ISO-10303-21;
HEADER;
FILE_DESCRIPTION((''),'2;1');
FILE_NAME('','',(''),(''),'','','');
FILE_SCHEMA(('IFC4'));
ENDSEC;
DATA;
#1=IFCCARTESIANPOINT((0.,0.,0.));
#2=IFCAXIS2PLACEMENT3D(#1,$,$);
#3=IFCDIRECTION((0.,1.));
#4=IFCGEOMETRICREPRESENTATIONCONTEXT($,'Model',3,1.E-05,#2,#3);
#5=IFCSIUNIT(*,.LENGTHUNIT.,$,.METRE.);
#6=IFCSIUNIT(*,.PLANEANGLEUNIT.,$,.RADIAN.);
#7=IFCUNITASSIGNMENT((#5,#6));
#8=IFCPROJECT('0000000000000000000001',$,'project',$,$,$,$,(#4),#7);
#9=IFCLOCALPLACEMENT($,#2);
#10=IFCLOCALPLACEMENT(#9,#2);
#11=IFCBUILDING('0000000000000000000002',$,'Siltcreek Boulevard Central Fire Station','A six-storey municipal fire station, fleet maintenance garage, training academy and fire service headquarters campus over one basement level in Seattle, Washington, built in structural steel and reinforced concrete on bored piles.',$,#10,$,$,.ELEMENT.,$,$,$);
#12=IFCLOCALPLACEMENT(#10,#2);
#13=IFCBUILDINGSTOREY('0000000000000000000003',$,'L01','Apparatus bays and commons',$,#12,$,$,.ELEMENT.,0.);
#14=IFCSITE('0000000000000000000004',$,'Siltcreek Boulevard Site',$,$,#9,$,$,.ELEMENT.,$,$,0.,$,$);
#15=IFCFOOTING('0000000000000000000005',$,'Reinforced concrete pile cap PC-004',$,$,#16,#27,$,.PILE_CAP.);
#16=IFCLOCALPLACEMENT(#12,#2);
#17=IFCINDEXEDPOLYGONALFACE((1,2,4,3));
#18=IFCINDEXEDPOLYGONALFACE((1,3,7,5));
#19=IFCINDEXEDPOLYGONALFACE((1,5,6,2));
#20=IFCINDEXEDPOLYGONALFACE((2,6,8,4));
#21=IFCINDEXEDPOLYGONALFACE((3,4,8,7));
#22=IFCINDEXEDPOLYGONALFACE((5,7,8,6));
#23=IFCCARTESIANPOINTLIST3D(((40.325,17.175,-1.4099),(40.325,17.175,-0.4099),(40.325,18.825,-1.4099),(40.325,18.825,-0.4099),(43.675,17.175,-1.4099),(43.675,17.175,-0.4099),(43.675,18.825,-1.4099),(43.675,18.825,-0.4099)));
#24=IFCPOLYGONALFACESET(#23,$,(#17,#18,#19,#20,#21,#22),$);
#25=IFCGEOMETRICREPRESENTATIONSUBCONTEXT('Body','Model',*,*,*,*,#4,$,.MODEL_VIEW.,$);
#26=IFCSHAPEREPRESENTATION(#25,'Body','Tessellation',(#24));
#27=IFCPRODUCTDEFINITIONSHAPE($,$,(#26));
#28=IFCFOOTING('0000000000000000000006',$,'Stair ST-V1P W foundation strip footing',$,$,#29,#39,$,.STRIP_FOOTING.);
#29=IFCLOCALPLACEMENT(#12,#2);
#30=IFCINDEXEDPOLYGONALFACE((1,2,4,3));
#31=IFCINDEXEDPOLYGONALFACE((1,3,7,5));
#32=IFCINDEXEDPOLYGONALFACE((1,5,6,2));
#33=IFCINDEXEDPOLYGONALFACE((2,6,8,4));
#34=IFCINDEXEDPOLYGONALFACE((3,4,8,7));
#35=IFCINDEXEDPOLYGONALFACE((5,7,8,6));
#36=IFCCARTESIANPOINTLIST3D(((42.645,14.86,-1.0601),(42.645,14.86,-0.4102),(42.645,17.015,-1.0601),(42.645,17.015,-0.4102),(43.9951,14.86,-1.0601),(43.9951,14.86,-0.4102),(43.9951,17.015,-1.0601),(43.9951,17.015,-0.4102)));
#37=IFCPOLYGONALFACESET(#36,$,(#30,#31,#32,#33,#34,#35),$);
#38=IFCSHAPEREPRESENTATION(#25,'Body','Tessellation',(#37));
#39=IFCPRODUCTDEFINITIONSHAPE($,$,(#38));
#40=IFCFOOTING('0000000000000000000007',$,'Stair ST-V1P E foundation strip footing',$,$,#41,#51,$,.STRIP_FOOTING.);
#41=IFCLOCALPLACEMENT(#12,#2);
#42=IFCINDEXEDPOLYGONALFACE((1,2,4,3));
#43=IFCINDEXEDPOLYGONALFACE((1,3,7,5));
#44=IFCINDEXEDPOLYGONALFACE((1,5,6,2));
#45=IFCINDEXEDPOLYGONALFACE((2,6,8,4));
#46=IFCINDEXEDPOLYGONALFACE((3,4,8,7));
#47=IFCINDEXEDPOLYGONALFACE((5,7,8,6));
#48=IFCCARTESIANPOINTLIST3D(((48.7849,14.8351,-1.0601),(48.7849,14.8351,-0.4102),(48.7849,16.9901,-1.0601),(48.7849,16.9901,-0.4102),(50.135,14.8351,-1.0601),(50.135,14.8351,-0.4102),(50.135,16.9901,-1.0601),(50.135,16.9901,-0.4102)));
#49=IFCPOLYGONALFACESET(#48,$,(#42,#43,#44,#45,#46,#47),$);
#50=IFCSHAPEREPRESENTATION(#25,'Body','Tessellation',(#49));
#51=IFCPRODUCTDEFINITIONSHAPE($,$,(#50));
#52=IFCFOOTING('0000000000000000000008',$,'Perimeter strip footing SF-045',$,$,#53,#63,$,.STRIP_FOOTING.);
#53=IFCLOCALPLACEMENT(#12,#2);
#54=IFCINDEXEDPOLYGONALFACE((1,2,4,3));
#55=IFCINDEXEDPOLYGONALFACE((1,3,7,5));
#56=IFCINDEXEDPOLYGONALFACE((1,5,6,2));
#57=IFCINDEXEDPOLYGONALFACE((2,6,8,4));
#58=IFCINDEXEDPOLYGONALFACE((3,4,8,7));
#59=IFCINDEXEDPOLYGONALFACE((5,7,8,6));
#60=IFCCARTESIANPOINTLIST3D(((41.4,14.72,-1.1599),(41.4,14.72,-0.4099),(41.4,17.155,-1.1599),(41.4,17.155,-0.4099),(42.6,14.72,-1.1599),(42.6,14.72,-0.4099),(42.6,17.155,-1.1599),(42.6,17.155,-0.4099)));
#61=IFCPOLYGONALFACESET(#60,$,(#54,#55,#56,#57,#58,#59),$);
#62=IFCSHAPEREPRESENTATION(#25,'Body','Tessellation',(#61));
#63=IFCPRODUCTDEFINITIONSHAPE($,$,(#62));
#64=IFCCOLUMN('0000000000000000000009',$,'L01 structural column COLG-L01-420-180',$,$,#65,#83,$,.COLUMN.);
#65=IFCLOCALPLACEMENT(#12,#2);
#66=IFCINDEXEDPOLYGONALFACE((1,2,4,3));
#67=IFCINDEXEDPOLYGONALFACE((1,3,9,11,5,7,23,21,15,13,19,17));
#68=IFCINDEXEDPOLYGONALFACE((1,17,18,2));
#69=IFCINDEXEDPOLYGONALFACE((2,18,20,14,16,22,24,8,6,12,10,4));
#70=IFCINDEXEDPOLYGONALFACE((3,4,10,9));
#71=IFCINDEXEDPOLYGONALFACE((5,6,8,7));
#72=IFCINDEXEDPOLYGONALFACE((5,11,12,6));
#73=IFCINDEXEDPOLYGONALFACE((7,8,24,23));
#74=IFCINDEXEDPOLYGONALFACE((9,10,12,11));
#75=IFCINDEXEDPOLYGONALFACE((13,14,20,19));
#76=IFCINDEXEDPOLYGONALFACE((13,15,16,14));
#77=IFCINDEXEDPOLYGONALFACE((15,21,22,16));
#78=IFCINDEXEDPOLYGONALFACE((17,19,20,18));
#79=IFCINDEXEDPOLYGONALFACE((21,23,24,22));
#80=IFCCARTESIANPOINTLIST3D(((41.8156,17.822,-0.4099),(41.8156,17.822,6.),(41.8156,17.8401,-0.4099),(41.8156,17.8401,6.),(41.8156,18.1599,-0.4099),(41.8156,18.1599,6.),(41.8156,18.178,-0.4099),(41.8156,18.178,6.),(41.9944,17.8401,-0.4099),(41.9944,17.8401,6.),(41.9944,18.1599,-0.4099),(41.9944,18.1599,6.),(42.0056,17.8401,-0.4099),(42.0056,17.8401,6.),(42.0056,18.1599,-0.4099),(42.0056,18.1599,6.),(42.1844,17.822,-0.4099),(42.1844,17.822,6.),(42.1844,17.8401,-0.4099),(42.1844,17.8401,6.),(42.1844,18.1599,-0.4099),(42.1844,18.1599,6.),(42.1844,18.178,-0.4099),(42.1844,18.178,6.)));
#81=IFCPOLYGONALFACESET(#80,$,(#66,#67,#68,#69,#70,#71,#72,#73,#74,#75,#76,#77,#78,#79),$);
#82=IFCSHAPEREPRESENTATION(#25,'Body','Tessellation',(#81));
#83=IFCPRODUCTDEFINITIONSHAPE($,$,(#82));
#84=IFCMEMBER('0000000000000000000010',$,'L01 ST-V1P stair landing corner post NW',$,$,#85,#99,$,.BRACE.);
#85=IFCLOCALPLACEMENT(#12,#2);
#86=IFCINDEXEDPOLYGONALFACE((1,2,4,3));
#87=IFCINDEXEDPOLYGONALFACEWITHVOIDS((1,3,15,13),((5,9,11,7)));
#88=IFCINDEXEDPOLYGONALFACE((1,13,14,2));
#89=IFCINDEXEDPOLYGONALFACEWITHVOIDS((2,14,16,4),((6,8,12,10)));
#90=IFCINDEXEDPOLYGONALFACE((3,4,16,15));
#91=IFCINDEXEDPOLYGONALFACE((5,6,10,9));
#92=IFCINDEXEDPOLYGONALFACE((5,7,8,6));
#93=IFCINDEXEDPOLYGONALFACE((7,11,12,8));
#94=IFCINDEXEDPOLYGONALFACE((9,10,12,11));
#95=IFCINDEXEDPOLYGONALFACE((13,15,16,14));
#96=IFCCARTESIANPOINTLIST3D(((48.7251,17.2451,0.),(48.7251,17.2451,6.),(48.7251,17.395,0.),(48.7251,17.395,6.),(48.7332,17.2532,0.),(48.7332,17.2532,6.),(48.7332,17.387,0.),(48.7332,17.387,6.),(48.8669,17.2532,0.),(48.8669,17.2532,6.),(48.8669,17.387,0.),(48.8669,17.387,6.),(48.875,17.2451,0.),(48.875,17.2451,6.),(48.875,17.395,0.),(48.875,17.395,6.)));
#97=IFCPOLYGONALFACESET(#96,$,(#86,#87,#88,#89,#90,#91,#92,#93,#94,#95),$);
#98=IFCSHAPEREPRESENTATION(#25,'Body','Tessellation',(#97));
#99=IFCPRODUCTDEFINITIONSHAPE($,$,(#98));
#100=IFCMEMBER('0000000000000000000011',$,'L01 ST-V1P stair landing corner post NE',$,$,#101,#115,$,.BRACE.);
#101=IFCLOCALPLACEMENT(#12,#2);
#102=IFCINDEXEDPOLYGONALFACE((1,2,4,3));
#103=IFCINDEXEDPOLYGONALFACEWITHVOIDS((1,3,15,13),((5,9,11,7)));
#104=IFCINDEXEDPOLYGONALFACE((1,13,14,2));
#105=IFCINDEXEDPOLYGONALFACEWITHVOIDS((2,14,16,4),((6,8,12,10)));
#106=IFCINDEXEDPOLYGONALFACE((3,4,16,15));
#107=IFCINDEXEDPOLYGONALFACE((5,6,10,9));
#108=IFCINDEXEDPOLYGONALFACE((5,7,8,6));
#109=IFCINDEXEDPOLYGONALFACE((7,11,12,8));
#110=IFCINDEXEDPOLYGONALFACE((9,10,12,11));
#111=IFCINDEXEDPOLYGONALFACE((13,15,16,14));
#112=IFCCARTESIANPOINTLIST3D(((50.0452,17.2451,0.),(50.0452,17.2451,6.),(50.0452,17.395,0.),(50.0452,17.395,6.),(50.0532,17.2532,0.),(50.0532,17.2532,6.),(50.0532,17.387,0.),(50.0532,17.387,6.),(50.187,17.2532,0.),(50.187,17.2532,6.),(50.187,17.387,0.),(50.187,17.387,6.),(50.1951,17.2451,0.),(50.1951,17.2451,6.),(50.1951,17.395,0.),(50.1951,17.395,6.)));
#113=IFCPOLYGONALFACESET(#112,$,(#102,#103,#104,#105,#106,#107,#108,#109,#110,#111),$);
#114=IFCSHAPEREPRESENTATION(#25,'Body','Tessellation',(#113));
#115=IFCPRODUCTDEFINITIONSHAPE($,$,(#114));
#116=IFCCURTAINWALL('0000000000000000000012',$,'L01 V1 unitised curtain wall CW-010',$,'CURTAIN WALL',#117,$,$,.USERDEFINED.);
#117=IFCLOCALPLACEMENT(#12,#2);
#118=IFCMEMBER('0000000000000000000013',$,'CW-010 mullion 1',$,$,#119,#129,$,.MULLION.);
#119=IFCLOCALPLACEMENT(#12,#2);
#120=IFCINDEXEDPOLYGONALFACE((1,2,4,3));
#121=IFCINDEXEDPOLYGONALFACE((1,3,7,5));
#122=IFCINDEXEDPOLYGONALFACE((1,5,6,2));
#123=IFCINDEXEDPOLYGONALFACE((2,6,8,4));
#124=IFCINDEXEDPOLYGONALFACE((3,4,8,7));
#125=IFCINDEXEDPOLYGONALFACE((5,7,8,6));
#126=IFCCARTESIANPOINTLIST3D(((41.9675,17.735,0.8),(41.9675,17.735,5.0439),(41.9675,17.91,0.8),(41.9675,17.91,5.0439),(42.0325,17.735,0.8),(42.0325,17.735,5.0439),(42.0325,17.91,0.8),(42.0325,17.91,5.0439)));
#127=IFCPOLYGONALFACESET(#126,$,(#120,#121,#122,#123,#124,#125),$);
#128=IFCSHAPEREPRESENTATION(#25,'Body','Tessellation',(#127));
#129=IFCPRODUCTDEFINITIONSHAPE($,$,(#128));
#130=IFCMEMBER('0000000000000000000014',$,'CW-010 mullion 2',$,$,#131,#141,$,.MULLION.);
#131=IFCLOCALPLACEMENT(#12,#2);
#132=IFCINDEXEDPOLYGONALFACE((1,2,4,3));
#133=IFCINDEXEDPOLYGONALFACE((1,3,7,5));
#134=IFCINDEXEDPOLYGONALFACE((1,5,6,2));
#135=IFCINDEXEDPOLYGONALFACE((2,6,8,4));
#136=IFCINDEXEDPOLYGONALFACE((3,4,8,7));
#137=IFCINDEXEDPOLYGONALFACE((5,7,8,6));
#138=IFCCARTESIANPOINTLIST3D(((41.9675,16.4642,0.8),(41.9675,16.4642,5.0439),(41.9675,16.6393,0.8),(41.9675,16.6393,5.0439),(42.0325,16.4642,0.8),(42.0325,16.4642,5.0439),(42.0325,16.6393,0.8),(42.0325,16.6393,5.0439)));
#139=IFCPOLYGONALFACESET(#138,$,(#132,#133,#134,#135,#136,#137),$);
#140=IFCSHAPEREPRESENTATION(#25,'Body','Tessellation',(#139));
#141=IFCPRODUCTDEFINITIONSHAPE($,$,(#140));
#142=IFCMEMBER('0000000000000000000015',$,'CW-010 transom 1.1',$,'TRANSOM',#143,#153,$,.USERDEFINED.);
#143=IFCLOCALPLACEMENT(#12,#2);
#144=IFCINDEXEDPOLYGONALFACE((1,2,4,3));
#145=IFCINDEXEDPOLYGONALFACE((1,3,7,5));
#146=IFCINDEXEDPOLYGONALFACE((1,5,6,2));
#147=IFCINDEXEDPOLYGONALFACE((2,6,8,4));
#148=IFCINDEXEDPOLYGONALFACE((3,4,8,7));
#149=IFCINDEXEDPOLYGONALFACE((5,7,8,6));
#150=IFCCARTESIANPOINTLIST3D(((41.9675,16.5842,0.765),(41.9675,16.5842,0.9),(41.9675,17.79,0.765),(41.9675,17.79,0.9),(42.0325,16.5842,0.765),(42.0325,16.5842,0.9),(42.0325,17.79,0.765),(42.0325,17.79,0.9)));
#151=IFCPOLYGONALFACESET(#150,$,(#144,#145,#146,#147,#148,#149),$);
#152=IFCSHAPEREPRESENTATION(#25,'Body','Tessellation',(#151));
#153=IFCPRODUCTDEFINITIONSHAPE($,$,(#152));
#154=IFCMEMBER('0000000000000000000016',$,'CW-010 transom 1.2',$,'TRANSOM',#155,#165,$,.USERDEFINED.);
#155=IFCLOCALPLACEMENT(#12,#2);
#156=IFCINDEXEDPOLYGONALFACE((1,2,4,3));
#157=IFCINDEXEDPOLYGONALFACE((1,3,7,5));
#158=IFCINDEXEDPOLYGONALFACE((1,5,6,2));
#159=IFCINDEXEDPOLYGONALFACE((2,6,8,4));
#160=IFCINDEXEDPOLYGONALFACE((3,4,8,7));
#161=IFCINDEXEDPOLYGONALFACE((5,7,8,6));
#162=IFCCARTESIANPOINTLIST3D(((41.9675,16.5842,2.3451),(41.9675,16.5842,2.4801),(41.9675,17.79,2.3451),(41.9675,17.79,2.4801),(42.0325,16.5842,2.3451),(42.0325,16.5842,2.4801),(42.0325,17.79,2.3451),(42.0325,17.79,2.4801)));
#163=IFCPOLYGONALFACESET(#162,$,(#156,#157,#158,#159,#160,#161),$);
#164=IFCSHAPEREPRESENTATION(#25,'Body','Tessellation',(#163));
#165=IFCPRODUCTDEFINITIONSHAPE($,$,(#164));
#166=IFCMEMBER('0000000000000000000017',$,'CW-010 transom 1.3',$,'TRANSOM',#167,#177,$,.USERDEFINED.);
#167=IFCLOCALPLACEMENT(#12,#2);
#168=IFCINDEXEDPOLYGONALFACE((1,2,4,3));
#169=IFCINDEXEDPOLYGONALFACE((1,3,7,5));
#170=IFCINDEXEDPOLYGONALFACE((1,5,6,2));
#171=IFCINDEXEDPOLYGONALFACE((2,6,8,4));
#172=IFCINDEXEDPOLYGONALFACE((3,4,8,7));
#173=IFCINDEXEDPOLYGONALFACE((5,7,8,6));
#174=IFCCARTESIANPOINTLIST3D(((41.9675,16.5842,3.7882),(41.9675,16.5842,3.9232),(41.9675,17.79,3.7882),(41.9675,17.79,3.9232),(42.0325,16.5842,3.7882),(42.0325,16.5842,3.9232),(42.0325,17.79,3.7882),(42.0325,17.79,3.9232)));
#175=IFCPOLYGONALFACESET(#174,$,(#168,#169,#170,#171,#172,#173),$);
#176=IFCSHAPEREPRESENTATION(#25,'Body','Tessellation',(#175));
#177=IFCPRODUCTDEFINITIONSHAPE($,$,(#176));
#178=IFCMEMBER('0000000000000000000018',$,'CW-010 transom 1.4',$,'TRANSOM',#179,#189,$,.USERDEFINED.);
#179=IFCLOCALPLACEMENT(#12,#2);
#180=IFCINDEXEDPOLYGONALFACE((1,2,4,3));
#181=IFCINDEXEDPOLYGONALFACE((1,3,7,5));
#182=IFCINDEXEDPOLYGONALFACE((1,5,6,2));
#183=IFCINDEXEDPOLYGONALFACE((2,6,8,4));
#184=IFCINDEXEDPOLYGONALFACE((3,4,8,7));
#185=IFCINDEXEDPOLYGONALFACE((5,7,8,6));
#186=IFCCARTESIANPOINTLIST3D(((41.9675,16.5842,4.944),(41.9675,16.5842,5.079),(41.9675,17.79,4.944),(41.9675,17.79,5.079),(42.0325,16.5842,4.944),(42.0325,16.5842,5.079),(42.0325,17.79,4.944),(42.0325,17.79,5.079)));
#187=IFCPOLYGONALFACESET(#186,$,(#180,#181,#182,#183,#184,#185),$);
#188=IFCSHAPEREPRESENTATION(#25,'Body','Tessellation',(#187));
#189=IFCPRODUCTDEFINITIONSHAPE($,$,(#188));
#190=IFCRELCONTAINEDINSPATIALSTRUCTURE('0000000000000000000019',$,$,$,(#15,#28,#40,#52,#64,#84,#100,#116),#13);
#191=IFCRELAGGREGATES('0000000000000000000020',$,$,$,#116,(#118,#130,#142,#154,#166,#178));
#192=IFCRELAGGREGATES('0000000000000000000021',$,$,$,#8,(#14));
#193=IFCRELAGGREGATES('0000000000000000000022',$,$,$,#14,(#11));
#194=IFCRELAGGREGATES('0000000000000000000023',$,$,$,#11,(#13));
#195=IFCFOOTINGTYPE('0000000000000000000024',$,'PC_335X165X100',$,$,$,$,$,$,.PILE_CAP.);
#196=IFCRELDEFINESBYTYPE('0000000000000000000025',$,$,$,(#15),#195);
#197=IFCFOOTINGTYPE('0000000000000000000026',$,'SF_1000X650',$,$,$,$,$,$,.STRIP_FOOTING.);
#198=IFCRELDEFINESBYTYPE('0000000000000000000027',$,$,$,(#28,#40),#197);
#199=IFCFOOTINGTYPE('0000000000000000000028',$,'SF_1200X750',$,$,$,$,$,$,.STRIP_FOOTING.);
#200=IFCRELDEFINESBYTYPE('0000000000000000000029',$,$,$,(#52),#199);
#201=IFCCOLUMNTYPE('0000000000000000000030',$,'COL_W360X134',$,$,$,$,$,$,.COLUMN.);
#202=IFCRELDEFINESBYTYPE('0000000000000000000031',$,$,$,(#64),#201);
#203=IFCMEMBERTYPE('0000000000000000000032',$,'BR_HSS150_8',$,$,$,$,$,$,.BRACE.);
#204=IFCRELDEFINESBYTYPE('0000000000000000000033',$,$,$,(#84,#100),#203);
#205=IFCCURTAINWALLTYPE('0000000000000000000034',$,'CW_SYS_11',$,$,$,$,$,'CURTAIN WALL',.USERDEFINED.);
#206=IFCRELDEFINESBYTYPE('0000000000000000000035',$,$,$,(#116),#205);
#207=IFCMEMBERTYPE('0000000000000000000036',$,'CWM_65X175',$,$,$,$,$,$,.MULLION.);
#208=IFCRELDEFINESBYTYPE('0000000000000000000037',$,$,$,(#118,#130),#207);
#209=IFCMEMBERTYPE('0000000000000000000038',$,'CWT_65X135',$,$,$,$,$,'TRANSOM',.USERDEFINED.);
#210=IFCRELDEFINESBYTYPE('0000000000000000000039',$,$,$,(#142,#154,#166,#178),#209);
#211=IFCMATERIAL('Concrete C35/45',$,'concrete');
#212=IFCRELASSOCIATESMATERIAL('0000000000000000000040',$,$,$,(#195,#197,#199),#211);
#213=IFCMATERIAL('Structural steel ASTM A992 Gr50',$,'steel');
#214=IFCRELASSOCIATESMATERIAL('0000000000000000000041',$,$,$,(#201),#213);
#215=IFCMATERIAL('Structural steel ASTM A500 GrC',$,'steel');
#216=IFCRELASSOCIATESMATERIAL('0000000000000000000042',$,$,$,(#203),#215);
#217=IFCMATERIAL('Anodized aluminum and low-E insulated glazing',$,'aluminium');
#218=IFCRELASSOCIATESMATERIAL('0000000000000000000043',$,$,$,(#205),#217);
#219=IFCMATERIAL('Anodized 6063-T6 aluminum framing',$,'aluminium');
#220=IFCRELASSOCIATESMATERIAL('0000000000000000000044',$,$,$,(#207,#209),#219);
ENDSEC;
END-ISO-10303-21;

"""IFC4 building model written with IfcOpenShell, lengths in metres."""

from ifc_helpers import new_model, si_unit, direction, frame, origin, origin_2d, place, context, subcontext, project, spatial, rectangle, hollow_rectangle, i_section, extrude, material, material_profile, profile_set, type_object, element, aggregate, save


model = new_model("IFC4")

# Units and contexts
model_context = context("Model", 3, precision=1e-05, world=origin(), true_north=direction((0.0, 1.0)))
body_context = subcontext(model_context, "Body", "Model", "MODEL_VIEW")
ifc_project = project(units=[si_unit("LENGTHUNIT", "METRE"), si_unit("PLANEANGLEUNIT", "RADIAN")], contexts=[model_context])

# Site, building, storey
site_placement = place(None, origin())
site = spatial("IfcSite", under=ifc_project, at=site_placement, Name="Siltcreek Boulevard Site", CompositionType="ELEMENT", RefElevation=0.0)
building_placement = place(site_placement, origin())
building = spatial("IfcBuilding", under=site, at=building_placement, Name="Siltcreek Boulevard Central Fire Station", Description="A six-storey municipal fire station, fleet maintenance garage, training academy and fire service headquarters campus over one basement level in Seattle, Washington, built in structural steel and reinforced concrete on bored piles.", CompositionType="ELEMENT")
storey_placement = place(building_placement, origin())
storey = spatial("IfcBuildingStorey", under=building, at=storey_placement, Name="L01", Description="Apparatus bays and commons", CompositionType="ELEMENT", Elevation=0.0)

# Footings
ifc_material_1 = material(Name="Concrete C35/45", Category="concrete")
footing_type_1 = type_object("IfcFootingType", Name="PC_335X165X100", PredefinedType="PILE_CAP", material=ifc_material_1)
footing_1_placement = place(storey_placement, frame((42.0, 18.0, -1.4099), z_axis=(0.0, 0.0, 1.0), x_axis=(1.0, 0.0, 0.0)))
element("IfcFooting", 1, at=footing_1_placement, inside=storey, type_object=footing_type_1, Name="Reinforced concrete pile cap PC-004", PredefinedType="PILE_CAP", context=body_context, shape_type="SweptSolid", body=[
    extrude(rectangle(XDim=3.3501, YDim=1.6499, at=origin_2d()), origin(), (0.0, 0.0, 1.0), 1.0),
])
footing_type_2 = type_object("IfcFootingType", Name="SF_1000X650", PredefinedType="STRIP_FOOTING", material=ifc_material_1)
for number, where, z_axis, x_axis, name in (
    (2, (43.3201, 15.9375, -1.0601), (0.0, 0.0, 1.0), (1.0, 0.0, 0.0), "Stair ST-V1P W foundation strip footing"),
    (3, (49.46, 15.9126, -1.0601), (0.0, 0.0, 1.0), (1.0, 0.0, 0.0), "Stair ST-V1P E foundation strip footing"),
):
    element("IfcFooting", number, at=place(storey_placement, frame(where, z_axis=z_axis, x_axis=x_axis)), inside=storey, type_object=footing_type_2, Name=name, PredefinedType="STRIP_FOOTING", context=body_context, shape_type="SweptSolid", body=[
        extrude(rectangle(XDim=1.3501, YDim=2.155, at=origin_2d()), origin(), (0.0, 0.0, 1.0), 0.6499),
    ])
footing_type_3 = type_object("IfcFootingType", Name="SF_1200X750", PredefinedType="STRIP_FOOTING", material=ifc_material_1)
footing_2_placement = place(storey_placement, frame((42.0, 15.9375, -1.1599), z_axis=(0.0, 0.0, 1.0), x_axis=(1.0, 0.0, 0.0)))
element("IfcFooting", 4, at=footing_2_placement, inside=storey, type_object=footing_type_3, Name="Perimeter strip footing SF-045", PredefinedType="STRIP_FOOTING", context=body_context, shape_type="SweptSolid", body=[
    extrude(rectangle(XDim=1.2, YDim=2.4351, at=origin_2d()), origin(), (0.0, 0.0, 1.0), 0.75),
])

# Column
ifc_material_2 = material(Name="Structural steel ASTM A992 Gr50", Category="steel")
ifc_material_profile_1 = material_profile(ifc_material_2, i_section(OverallWidth=0.3689, OverallDepth=0.356, WebThickness=0.0112, FlangeThickness=0.0181, at=origin_2d()), Name="W360X134")
ifc_profile_set_1 = profile_set([ifc_material_profile_1], Name="Structural steel ASTM A992 Gr50")
column_type = type_object("IfcColumnType", Name="COL_W360X134", PredefinedType="COLUMN", material=ifc_profile_set_1)
column_placement = place(storey_placement, frame((42.0, 18.0, -0.4099), z_axis=(0.0, 0.0, 1.0), x_axis=(1.0, 0.0, 0.0)))
element("IfcColumn", 5, at=column_placement, inside=storey, type_object=column_type, Name="L01 structural column COLG-L01-420-180", PredefinedType="COLUMN", context=body_context, shape_type="SweptSolid", body=[
    extrude(i_section(OverallWidth=0.3689, OverallDepth=0.356, WebThickness=0.0112, FlangeThickness=0.0181, at=origin_2d()), origin(), (0.0, 0.0, 1.0), 6.4099),
])

# Members
ifc_material_3 = material(Name="Structural steel ASTM A500 GrC", Category="steel")
ifc_material_profile_2 = material_profile(ifc_material_3, hollow_rectangle(XDim=0.1499, YDim=0.1499, WallThickness=0.0081, at=origin_2d()), Name="HSS150X150X8.0")
ifc_profile_set_2 = profile_set([ifc_material_profile_2], Name="Structural steel ASTM A500 GrC")
member_type_1 = type_object("IfcMemberType", Name="BR_HSS150_8", PredefinedType="BRACE", material=ifc_profile_set_2)
for number, where, z_axis, x_axis, name in (
    (6, (48.8, 17.3201, 0.0), (0.0, 0.0, 1.0), (1.0, 0.0, 0.0), "L01 ST-V1P stair landing corner post NW"),
    (7, (50.1201, 17.3201, 0.0), (0.0, 0.0, 1.0), (1.0, 0.0, 0.0), "L01 ST-V1P stair landing corner post NE"),
):
    element("IfcMember", number, at=place(storey_placement, frame(where, z_axis=z_axis, x_axis=x_axis)), inside=storey, type_object=member_type_1, Name=name, PredefinedType="BRACE", context=body_context, shape_type="SweptSolid", body=[
        extrude(hollow_rectangle(XDim=0.1499, YDim=0.1499, WallThickness=0.0081, at=origin_2d()), origin(), (0.0, 0.0, 1.0), 6.0),
    ])

# Curtain wall, members
ifc_material_4 = material(Name="Anodized aluminum and low-E insulated glazing", Category="aluminium")
curtain_wall_type = type_object("IfcCurtainWallType", Name="CW_SYS_11", ElementType="CURTAIN WALL", PredefinedType="USERDEFINED", material=ifc_material_4)
curtain_wall_placement = place(storey_placement, origin())
curtain_wall = element("IfcCurtainWall", 8, at=curtain_wall_placement, inside=storey, type_object=curtain_wall_type, Name="L01 V1 unitised curtain wall CW-010", ObjectType="CURTAIN WALL", PredefinedType="USERDEFINED")
ifc_material_5 = material(Name="Anodized 6063-T6 aluminum framing", Category="aluminium")
ifc_material_profile_3 = material_profile(ifc_material_5, rectangle(XDim=0.0649, YDim=0.175, at=origin_2d()), Name="MULL65X175")
ifc_profile_set_3 = profile_set([ifc_material_profile_3], Name="Anodized 6063-T6 aluminum framing")
member_type_2 = type_object("IfcMemberType", Name="CWM_65X175", PredefinedType="MULLION", material=ifc_profile_set_3)
member_1_placement = place(storey_placement, frame((42.0, 17.8225, 0.8), z_axis=(0.0, 0.0, 1.0), x_axis=(1.0, 0.0, 0.0)))
member_1 = element("IfcMember", 9, at=member_1_placement, type_object=member_type_2, Name="CW-010 mullion 1", PredefinedType="MULLION", context=body_context, shape_type="SweptSolid", body=[
    extrude(rectangle(XDim=0.0649, YDim=0.175, at=origin_2d()), origin(), (0.0, 0.0, 1.0), 4.2439),
])
member_2_placement = place(storey_placement, frame((42.0, 16.5518, 0.8), z_axis=(0.0, 0.0, 1.0), x_axis=(1.0, 0.0, 0.0)))
member_2 = element("IfcMember", 10, at=member_2_placement, type_object=member_type_2, Name="CW-010 mullion 2", PredefinedType="MULLION", context=body_context, shape_type="SweptSolid", body=[
    extrude(rectangle(XDim=0.0649, YDim=0.175, at=origin_2d()), origin(), (0.0, 0.0, 1.0), 4.2439),
])
ifc_material_profile_4 = material_profile(ifc_material_5, rectangle(XDim=0.0649, YDim=0.135, at=origin_2d()), Name="TRAN65X135")
ifc_profile_set_4 = profile_set([ifc_material_profile_4], Name="Anodized 6063-T6 aluminum framing")
member_type_3 = type_object("IfcMemberType", Name="CWT_65X135", ElementType="TRANSOM", PredefinedType="USERDEFINED", material=ifc_profile_set_4)
member_3_placement = place(storey_placement, frame((42.0, 17.79, 0.8325), z_axis=(0.0, -1.0, 0.0), x_axis=(1.0, 0.0, 0.0)))
member_3 = element("IfcMember", 11, at=member_3_placement, type_object=member_type_3, Name="CW-010 transom 1.1", ObjectType="TRANSOM", PredefinedType="USERDEFINED", context=body_context, shape_type="SweptSolid", body=[
    extrude(rectangle(XDim=0.0649, YDim=0.135, at=origin_2d()), origin(), (0.0, 0.0, 1.0), 1.2058),
])
member_4_placement = place(storey_placement, frame((42.0, 17.79, 2.4126), z_axis=(0.0, -1.0, 0.0), x_axis=(1.0, 0.0, 0.0)))
member_4 = element("IfcMember", 12, at=member_4_placement, type_object=member_type_3, Name="CW-010 transom 1.2", ObjectType="TRANSOM", PredefinedType="USERDEFINED", context=body_context, shape_type="SweptSolid", body=[
    extrude(rectangle(XDim=0.0649, YDim=0.135, at=origin_2d()), origin(), (0.0, 0.0, 1.0), 1.2058),
])
member_5_placement = place(storey_placement, frame((42.0, 17.79, 3.8557), z_axis=(0.0, -1.0, 0.0), x_axis=(1.0, 0.0, 0.0)))
member_5 = element("IfcMember", 13, at=member_5_placement, type_object=member_type_3, Name="CW-010 transom 1.3", ObjectType="TRANSOM", PredefinedType="USERDEFINED", context=body_context, shape_type="SweptSolid", body=[
    extrude(rectangle(XDim=0.0649, YDim=0.135, at=origin_2d()), origin(), (0.0, 0.0, 1.0), 1.2058),
])
member_6_placement = place(storey_placement, frame((42.0, 17.79, 5.0115), z_axis=(0.0, -1.0, 0.0), x_axis=(1.0, 0.0, 0.0)))
member_6 = element("IfcMember", 14, at=member_6_placement, type_object=member_type_3, Name="CW-010 transom 1.4", ObjectType="TRANSOM", PredefinedType="USERDEFINED", context=body_context, shape_type="SweptSolid", body=[
    extrude(rectangle(XDim=0.0649, YDim=0.135, at=origin_2d()), origin(), (0.0, 0.0, 1.0), 1.2058),
])
aggregate(curtain_wall, [member_1, member_2, member_3, member_4, member_5, member_6])

save(model, "model.ifc")
